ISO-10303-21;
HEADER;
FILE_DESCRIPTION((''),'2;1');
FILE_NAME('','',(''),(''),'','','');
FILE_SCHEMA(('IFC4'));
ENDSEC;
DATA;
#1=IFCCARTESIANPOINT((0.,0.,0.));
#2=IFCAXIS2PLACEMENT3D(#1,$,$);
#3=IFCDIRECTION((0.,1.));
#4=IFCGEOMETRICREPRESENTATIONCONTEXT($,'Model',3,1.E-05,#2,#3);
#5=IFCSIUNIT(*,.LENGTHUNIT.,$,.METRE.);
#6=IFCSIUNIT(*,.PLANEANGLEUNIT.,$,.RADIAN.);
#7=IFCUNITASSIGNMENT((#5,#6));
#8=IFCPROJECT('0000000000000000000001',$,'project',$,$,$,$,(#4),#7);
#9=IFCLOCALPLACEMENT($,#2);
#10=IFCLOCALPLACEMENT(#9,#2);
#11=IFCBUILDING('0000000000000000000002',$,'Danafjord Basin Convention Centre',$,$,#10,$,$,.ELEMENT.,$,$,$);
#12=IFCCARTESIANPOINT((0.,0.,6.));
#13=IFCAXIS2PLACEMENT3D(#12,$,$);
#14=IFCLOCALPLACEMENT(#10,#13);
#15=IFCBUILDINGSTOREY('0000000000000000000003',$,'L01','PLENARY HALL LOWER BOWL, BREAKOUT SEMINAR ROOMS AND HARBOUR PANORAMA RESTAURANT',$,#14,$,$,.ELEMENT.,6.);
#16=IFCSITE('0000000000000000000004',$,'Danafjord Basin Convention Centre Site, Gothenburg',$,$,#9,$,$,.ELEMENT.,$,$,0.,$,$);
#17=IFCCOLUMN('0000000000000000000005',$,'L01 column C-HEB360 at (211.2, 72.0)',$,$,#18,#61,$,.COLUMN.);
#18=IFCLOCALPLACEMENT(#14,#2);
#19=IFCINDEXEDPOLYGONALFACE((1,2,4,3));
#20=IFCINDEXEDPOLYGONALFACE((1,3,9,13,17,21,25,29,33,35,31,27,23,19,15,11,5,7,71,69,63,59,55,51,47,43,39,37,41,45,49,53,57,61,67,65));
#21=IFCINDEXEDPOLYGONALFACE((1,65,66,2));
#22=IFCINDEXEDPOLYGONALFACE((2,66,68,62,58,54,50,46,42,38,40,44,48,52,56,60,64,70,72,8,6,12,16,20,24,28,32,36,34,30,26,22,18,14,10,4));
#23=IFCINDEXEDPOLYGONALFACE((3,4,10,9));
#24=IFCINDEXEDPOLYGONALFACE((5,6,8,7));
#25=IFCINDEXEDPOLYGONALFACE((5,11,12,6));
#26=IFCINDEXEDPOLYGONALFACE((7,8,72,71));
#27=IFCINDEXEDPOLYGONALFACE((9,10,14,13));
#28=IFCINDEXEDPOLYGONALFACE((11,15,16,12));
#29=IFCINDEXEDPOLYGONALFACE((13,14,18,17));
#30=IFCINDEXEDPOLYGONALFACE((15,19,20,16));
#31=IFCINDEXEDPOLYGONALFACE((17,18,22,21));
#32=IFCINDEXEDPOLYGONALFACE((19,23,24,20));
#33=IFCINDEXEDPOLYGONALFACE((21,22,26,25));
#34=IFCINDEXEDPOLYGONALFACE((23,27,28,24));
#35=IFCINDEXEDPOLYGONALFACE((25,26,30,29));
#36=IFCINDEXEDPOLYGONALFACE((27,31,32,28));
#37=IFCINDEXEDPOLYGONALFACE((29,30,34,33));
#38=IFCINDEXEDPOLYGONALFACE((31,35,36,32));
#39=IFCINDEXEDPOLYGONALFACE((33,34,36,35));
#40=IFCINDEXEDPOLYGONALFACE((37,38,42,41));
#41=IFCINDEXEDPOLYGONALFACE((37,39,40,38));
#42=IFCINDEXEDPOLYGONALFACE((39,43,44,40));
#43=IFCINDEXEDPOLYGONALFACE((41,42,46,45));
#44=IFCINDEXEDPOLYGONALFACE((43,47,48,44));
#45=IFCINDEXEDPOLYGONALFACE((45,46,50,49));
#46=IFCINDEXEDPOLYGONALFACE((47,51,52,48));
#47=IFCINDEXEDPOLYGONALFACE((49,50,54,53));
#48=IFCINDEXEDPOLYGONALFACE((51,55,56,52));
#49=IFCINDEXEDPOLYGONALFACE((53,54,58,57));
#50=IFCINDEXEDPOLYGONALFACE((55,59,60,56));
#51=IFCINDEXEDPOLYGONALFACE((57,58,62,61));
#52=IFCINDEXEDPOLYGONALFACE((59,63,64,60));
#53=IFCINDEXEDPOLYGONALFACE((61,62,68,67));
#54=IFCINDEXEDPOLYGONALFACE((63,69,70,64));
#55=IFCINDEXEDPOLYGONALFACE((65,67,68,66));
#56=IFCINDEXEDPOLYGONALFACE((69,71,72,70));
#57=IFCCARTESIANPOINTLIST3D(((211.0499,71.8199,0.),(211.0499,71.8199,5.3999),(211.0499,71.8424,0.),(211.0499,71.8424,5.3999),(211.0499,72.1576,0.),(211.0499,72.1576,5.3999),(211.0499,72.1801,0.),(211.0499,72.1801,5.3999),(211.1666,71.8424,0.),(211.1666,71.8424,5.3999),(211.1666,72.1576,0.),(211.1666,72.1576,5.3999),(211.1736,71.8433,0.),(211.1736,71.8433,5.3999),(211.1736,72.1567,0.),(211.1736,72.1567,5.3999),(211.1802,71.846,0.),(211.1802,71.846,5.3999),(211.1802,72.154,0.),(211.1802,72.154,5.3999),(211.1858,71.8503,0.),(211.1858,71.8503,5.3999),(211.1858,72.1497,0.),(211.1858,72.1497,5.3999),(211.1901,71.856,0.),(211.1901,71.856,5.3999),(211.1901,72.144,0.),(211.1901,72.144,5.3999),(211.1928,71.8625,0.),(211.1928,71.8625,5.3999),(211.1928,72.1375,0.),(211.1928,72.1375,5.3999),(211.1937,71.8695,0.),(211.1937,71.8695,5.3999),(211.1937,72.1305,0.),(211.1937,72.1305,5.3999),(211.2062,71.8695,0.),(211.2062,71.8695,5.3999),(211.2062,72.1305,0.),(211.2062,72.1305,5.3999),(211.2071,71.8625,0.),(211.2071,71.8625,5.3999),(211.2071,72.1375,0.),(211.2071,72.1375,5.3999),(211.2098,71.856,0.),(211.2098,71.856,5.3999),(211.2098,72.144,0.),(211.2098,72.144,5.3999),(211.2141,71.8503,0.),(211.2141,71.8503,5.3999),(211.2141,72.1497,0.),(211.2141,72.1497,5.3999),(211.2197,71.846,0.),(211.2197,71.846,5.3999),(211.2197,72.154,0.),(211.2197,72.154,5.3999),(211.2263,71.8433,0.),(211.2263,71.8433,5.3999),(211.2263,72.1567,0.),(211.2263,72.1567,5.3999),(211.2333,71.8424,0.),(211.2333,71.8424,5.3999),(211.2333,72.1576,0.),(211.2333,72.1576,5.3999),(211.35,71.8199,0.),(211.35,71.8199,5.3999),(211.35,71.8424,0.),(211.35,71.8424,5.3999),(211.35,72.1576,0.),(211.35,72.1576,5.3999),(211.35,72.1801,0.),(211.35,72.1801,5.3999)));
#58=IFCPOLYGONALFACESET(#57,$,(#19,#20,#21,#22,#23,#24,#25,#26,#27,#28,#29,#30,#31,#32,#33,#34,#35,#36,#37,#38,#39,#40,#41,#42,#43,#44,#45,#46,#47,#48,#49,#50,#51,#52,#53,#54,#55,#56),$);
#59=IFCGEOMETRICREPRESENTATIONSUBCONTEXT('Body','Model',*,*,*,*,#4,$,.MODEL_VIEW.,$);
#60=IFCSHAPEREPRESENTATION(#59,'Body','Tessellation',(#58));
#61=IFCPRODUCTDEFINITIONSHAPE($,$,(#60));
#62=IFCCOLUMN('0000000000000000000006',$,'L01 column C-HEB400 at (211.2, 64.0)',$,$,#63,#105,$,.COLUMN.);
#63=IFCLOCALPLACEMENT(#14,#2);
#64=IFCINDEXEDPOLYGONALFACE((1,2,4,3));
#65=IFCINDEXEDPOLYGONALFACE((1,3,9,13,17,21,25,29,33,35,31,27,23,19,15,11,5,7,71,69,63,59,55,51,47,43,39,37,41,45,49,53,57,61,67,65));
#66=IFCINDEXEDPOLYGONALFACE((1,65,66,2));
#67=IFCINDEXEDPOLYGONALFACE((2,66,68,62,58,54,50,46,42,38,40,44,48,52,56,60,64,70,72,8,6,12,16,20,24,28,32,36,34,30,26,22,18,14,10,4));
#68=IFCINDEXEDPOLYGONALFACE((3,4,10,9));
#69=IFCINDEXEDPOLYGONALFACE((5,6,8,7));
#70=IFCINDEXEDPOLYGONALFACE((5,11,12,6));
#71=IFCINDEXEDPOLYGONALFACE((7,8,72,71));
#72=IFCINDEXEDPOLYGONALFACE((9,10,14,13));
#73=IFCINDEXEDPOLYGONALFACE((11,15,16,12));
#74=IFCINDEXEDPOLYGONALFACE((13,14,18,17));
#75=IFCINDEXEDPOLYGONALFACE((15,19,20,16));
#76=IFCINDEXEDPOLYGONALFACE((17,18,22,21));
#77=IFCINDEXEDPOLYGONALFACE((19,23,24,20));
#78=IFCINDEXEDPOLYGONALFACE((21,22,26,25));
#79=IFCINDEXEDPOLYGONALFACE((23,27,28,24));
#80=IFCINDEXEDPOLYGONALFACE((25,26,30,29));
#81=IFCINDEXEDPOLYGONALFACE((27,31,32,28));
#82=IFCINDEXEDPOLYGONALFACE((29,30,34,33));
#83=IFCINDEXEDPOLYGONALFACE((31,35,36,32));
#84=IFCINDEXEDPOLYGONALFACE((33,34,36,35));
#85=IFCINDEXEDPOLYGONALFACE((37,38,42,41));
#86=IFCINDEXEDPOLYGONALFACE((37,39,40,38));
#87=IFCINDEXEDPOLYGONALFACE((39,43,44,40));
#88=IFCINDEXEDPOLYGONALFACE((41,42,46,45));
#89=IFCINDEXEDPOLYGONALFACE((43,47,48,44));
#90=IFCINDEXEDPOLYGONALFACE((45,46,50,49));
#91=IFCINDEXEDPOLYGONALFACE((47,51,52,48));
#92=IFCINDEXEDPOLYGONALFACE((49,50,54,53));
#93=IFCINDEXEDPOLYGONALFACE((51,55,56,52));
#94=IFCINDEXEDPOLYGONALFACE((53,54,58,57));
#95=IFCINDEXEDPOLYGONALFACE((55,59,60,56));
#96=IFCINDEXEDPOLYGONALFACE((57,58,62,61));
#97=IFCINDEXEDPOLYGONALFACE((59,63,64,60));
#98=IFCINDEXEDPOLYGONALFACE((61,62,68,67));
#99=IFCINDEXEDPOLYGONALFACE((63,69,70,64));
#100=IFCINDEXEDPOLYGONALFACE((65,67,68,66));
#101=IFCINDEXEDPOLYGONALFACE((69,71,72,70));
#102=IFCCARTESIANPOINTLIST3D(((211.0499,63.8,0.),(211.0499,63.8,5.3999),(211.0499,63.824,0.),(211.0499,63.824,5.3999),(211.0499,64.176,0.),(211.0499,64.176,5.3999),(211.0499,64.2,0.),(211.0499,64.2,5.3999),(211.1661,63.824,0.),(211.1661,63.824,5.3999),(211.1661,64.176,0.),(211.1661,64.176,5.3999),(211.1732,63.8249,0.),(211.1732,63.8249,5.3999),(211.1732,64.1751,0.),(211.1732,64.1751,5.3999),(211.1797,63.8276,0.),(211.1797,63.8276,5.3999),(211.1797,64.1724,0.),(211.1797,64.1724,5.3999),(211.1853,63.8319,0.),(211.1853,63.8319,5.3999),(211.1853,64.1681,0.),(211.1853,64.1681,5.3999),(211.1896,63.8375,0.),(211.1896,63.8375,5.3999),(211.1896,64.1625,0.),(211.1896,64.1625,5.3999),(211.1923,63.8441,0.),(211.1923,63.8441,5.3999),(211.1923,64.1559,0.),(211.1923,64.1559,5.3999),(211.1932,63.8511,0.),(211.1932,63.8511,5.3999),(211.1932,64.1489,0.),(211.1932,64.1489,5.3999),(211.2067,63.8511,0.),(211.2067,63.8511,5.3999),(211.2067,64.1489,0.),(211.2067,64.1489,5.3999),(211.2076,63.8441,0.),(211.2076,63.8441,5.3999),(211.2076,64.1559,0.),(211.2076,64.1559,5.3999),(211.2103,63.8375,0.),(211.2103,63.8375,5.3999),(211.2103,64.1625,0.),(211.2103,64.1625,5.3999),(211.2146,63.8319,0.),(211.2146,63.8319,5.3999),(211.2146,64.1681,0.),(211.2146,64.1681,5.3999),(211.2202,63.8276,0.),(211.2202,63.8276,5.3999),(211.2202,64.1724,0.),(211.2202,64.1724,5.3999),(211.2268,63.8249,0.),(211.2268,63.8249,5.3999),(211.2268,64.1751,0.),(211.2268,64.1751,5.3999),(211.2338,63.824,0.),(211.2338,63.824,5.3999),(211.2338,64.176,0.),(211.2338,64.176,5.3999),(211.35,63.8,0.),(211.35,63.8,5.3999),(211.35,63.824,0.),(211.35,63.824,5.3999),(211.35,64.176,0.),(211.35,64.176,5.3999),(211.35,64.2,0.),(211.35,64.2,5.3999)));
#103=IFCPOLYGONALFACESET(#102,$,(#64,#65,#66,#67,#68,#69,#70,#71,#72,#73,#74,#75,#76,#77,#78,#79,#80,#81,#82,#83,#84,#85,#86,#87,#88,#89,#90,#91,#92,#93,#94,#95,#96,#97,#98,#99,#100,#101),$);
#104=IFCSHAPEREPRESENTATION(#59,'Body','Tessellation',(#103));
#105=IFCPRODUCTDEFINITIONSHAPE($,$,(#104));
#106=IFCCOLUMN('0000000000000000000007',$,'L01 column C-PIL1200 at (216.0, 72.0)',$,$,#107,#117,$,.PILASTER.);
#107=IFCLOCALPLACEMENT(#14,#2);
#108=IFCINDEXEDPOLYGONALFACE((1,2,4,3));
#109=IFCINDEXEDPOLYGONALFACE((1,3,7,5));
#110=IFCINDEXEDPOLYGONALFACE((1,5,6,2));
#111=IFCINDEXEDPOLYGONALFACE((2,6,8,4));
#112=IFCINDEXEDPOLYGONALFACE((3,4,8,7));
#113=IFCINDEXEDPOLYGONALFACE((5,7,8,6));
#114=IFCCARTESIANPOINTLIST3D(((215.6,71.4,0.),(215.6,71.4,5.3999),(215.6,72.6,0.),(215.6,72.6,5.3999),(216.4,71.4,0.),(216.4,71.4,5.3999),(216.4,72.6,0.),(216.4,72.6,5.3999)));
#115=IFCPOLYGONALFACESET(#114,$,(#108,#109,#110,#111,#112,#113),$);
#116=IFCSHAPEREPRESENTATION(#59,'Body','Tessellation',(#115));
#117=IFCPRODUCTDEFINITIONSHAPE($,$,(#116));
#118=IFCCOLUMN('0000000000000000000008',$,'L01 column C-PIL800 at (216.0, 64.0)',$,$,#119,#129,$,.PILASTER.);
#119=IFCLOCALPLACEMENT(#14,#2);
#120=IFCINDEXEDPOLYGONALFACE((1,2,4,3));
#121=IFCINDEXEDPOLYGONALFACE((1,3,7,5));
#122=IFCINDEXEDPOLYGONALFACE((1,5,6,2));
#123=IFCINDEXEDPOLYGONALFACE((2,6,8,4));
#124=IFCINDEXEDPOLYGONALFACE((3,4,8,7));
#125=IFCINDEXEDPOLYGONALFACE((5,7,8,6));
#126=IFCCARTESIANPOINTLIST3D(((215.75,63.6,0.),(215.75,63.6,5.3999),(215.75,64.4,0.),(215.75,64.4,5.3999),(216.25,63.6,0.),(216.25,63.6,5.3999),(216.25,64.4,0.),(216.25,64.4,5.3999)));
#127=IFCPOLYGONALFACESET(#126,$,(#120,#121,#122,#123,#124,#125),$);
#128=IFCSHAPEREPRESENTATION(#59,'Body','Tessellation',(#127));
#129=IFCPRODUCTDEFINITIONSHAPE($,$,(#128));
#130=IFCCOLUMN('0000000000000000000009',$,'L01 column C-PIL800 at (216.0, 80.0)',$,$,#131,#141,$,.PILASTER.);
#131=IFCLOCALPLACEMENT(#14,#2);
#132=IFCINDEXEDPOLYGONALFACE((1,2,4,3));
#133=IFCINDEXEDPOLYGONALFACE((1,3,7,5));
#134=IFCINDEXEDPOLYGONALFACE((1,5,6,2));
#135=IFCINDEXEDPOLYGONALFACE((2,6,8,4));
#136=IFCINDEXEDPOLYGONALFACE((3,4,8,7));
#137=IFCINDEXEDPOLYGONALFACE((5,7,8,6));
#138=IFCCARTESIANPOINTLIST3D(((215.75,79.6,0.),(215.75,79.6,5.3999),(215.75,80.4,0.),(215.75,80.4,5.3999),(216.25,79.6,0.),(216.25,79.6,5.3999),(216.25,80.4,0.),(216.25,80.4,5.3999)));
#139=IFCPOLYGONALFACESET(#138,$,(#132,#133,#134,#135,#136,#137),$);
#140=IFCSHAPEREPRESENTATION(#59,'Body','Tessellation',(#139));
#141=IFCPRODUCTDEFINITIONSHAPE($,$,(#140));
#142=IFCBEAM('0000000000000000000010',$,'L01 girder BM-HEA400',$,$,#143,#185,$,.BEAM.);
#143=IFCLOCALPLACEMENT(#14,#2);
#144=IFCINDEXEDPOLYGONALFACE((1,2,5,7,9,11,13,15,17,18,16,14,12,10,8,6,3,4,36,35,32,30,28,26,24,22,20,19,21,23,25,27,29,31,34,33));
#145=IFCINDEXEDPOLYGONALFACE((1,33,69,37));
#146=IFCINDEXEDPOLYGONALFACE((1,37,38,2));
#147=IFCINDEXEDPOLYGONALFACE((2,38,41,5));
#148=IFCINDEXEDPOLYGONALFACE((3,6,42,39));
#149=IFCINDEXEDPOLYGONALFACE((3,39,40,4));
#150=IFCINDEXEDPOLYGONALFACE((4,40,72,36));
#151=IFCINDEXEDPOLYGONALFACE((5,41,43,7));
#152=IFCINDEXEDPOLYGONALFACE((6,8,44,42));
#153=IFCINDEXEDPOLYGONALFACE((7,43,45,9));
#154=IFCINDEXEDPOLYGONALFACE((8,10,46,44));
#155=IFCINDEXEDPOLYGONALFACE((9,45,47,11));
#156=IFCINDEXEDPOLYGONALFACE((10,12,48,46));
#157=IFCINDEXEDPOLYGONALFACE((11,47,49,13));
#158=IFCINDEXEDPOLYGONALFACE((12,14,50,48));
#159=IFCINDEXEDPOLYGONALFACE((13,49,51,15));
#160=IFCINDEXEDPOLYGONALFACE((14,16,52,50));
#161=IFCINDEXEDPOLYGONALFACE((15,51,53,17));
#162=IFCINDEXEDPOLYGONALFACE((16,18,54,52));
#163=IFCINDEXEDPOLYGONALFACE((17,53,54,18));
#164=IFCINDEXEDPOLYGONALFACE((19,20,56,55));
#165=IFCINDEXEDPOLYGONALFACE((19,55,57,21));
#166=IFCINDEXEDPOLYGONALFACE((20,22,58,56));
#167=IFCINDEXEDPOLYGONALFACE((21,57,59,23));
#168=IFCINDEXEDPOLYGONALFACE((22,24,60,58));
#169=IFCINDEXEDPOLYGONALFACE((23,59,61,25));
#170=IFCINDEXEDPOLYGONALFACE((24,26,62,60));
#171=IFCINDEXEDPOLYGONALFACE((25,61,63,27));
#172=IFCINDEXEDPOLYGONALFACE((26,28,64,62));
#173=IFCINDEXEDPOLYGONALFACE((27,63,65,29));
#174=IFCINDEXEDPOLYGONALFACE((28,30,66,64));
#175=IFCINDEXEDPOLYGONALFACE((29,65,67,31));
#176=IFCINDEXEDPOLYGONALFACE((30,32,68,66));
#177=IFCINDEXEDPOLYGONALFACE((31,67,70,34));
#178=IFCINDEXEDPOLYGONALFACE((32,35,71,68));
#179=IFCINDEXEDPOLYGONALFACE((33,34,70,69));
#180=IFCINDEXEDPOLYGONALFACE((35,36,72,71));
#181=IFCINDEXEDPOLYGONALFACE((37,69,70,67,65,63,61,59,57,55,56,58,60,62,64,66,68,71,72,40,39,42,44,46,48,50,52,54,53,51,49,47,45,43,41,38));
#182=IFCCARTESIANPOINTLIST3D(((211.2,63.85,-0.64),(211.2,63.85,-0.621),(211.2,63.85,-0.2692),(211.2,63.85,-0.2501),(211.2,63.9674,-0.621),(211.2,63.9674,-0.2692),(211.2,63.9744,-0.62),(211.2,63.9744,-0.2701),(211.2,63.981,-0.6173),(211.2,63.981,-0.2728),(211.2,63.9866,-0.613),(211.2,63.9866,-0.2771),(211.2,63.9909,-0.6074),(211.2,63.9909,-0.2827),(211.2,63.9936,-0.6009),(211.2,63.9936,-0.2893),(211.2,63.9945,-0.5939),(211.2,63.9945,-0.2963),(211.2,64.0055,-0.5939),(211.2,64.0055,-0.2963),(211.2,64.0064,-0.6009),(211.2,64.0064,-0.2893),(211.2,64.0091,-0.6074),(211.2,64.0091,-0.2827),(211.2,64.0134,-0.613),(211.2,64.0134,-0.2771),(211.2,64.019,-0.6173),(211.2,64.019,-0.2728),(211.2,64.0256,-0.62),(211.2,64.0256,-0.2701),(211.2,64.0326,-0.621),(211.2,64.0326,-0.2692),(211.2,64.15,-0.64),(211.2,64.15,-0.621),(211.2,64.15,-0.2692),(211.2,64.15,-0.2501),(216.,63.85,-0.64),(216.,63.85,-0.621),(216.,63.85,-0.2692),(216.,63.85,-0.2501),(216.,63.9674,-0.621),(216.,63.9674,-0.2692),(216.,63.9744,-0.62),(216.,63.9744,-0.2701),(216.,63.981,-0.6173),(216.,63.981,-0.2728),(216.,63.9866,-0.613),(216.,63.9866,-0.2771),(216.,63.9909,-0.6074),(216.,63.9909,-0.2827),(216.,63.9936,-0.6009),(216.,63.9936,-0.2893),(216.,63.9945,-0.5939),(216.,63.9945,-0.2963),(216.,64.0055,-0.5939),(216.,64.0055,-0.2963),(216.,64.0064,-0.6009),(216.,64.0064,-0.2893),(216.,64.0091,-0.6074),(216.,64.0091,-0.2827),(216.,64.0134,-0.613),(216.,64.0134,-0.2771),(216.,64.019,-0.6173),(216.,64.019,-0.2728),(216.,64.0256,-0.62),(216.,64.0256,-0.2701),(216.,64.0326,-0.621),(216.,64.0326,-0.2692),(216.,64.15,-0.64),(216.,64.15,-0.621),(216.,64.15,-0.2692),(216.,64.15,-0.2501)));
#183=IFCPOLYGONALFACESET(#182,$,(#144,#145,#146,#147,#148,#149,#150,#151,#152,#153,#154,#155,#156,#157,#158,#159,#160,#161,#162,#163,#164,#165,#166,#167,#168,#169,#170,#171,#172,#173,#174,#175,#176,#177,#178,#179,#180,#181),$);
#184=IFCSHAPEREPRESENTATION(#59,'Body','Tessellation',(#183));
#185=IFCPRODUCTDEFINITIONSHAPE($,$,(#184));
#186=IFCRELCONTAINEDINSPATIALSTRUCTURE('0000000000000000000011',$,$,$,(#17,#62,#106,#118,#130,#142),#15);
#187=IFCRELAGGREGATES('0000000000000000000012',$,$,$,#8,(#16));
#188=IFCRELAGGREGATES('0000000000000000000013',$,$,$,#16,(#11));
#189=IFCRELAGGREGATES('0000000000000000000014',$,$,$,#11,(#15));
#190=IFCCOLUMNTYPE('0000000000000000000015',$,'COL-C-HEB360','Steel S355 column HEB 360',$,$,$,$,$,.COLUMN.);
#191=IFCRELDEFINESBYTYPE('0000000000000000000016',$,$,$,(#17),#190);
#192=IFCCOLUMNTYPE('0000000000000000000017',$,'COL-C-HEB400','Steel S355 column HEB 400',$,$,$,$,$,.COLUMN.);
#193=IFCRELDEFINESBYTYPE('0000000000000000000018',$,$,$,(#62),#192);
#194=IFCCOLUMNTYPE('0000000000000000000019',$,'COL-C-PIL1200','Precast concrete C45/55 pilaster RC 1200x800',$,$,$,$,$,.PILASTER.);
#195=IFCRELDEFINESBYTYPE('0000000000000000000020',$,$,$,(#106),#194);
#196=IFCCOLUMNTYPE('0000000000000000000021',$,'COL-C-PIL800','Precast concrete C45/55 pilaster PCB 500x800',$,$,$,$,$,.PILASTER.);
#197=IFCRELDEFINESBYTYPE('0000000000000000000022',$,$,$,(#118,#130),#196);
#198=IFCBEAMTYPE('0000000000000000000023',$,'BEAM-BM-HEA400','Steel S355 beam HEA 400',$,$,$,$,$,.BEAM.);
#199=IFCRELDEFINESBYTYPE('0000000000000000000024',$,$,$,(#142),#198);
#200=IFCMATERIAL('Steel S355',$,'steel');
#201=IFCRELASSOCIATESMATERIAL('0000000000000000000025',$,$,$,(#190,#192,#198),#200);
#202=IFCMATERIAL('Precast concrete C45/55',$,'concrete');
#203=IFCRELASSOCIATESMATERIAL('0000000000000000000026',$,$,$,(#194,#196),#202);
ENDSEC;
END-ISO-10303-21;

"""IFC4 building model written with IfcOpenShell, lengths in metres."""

from ifc_helpers import new_model, si_unit, direction, frame, origin, origin_2d, place, context, subcontext, project, spatial, rectangle, i_section, extrude, material, material_profile, profile_set, type_object, element, save


model = new_model("IFC4")

# Units and contexts
model_context = context("Model", 3, precision=1e-05, world=origin(), true_north=direction((0.0, 1.0)))
body_context = subcontext(model_context, "Body", "Model", "MODEL_VIEW")
ifc_project = project(units=[si_unit("LENGTHUNIT", "METRE"), si_unit("PLANEANGLEUNIT", "RADIAN")], contexts=[model_context])

# Site, building, storey
site_placement = place(None, origin())
site = spatial("IfcSite", under=ifc_project, at=site_placement, Name="Danafjord Basin Convention Centre Site, Gothenburg", CompositionType="ELEMENT", RefElevation=0.0)
building_placement = place(site_placement, origin())
building = spatial("IfcBuilding", under=site, at=building_placement, Name="Danafjord Basin Convention Centre", CompositionType="ELEMENT")
storey_placement = place(building_placement, frame((0.0, 0.0, 6.0)))
storey = spatial("IfcBuildingStorey", under=building, at=storey_placement, Name="L01", Description="PLENARY HALL LOWER BOWL, BREAKOUT SEMINAR ROOMS AND HARBOUR PANORAMA RESTAURANT", CompositionType="ELEMENT", Elevation=6.0)

# Columns
ifc_material_1 = material(Name="Steel S355", Category="steel")
ifc_material_profile_1 = material_profile(ifc_material_1, i_section(OverallWidth=0.3, OverallDepth=0.3601, WebThickness=0.0125, FlangeThickness=0.0225, FilletRadius=0.0271, at=origin_2d()), Name="HEB 360")
ifc_profile_set_1 = profile_set([ifc_material_profile_1], Name="Steel S355")
column_type_1 = type_object("IfcColumnType", Name="COL-C-HEB360", Description="Steel S355 column HEB 360", PredefinedType="COLUMN", material=ifc_profile_set_1)
column_1_placement = place(storey_placement, frame((211.2, 72.0, 0.0), z_axis=(0.0, 0.0, 1.0), x_axis=(1.0, 0.0, 0.0)))
element("IfcColumn", 1, at=column_1_placement, inside=storey, type_object=column_type_1, Name="L01 column C-HEB360 at (211.2, 72.0)", PredefinedType="COLUMN", context=body_context, shape_type="SweptSolid", body=[
    extrude(i_section(OverallWidth=0.3, OverallDepth=0.3601, WebThickness=0.0125, FlangeThickness=0.0225, FilletRadius=0.0271, at=origin_2d()), origin(), (0.0, 0.0, 1.0), 5.3999),
])
ifc_material_profile_2 = material_profile(ifc_material_1, i_section(OverallWidth=0.3, OverallDepth=0.3999, WebThickness=0.0134, FlangeThickness=0.0239, FilletRadius=0.0271, at=origin_2d()), Name="HEB 400")
ifc_profile_set_2 = profile_set([ifc_material_profile_2], Name="Steel S355")
column_type_2 = type_object("IfcColumnType", Name="COL-C-HEB400", Description="Steel S355 column HEB 400", PredefinedType="COLUMN", material=ifc_profile_set_2)
column_2_placement = place(storey_placement, frame((211.2, 64.0, 0.0), z_axis=(0.0, 0.0, 1.0), x_axis=(1.0, 0.0, 0.0)))
element("IfcColumn", 2, at=column_2_placement, inside=storey, type_object=column_type_2, Name="L01 column C-HEB400 at (211.2, 64.0)", PredefinedType="COLUMN", context=body_context, shape_type="SweptSolid", body=[
    extrude(i_section(OverallWidth=0.3, OverallDepth=0.3999, WebThickness=0.0134, FlangeThickness=0.0239, FilletRadius=0.0271, at=origin_2d()), origin(), (0.0, 0.0, 1.0), 5.3999),
])
ifc_material_2 = material(Name="Precast concrete C45/55", Category="concrete")
ifc_material_profile_3 = material_profile(ifc_material_2, rectangle(XDim=0.8, YDim=1.2, at=origin_2d()), Name="RC 1200x800")
ifc_profile_set_3 = profile_set([ifc_material_profile_3], Name="Precast concrete C45/55")
column_type_3 = type_object("IfcColumnType", Name="COL-C-PIL1200", Description="Precast concrete C45/55 pilaster RC 1200x800", PredefinedType="PILASTER", material=ifc_profile_set_3)
column_3_placement = place(storey_placement, frame((216.0, 72.0, 0.0), z_axis=(0.0, 0.0, 1.0), x_axis=(1.0, 0.0, 0.0)))
element("IfcColumn", 3, at=column_3_placement, inside=storey, type_object=column_type_3, Name="L01 column C-PIL1200 at (216.0, 72.0)", PredefinedType="PILASTER", context=body_context, shape_type="SweptSolid", body=[
    extrude(rectangle(XDim=0.8, YDim=1.2, at=origin_2d()), origin(), (0.0, 0.0, 1.0), 5.3999),
])
ifc_material_profile_4 = material_profile(ifc_material_2, rectangle(XDim=0.5, YDim=0.8, at=origin_2d()), Name="PCB 500x800")
ifc_profile_set_4 = profile_set([ifc_material_profile_4], Name="Precast concrete C45/55")
column_type_4 = type_object("IfcColumnType", Name="COL-C-PIL800", Description="Precast concrete C45/55 pilaster PCB 500x800", PredefinedType="PILASTER", material=ifc_profile_set_4)
for number, where, z_axis, x_axis, name in (
    (4, (216.0, 64.0, 0.0), (0.0, 0.0, 1.0), (1.0, 0.0, 0.0), "L01 column C-PIL800 at (216.0, 64.0)"),
    (5, (216.0, 80.0, 0.0), (0.0, 0.0, 1.0), (1.0, 0.0, 0.0), "L01 column C-PIL800 at (216.0, 80.0)"),
):
    element("IfcColumn", number, at=place(storey_placement, frame(where, z_axis=z_axis, x_axis=x_axis)), inside=storey, type_object=column_type_4, Name=name, PredefinedType="PILASTER", context=body_context, shape_type="SweptSolid", body=[
        extrude(rectangle(XDim=0.5, YDim=0.8, at=origin_2d()), origin(), (0.0, 0.0, 1.0), 5.3999),
    ])

# Beam
ifc_material_profile_5 = material_profile(ifc_material_1, i_section(OverallWidth=0.3, OverallDepth=0.3899, WebThickness=0.011, FlangeThickness=0.019, FilletRadius=0.0271, at=origin_2d()), Name="HEA 400")
ifc_profile_set_5 = profile_set([ifc_material_profile_5], Name="Steel S355")
beam_type_1 = type_object("IfcBeamType", Name="BEAM-BM-HEA400", Description="Steel S355 beam HEA 400", PredefinedType="BEAM", material=ifc_profile_set_5)
beam_1_placement = place(storey_placement, frame((211.2, 64.0, -0.4451), z_axis=(1.0, 0.0, 0.0), x_axis=(0.0, 1.0, 0.0)))
element("IfcBeam", 6, at=beam_1_placement, inside=storey, type_object=beam_type_1, Name="L01 girder BM-HEA400", PredefinedType="BEAM", context=body_context, shape_type="SweptSolid", body=[
    extrude(i_section(OverallWidth=0.3, OverallDepth=0.3899, WebThickness=0.011, FlangeThickness=0.019, FilletRadius=0.0271, at=origin_2d()), origin(), (0.0, 0.0, 1.0), 4.8),
])

save(model, "model.ifc")
